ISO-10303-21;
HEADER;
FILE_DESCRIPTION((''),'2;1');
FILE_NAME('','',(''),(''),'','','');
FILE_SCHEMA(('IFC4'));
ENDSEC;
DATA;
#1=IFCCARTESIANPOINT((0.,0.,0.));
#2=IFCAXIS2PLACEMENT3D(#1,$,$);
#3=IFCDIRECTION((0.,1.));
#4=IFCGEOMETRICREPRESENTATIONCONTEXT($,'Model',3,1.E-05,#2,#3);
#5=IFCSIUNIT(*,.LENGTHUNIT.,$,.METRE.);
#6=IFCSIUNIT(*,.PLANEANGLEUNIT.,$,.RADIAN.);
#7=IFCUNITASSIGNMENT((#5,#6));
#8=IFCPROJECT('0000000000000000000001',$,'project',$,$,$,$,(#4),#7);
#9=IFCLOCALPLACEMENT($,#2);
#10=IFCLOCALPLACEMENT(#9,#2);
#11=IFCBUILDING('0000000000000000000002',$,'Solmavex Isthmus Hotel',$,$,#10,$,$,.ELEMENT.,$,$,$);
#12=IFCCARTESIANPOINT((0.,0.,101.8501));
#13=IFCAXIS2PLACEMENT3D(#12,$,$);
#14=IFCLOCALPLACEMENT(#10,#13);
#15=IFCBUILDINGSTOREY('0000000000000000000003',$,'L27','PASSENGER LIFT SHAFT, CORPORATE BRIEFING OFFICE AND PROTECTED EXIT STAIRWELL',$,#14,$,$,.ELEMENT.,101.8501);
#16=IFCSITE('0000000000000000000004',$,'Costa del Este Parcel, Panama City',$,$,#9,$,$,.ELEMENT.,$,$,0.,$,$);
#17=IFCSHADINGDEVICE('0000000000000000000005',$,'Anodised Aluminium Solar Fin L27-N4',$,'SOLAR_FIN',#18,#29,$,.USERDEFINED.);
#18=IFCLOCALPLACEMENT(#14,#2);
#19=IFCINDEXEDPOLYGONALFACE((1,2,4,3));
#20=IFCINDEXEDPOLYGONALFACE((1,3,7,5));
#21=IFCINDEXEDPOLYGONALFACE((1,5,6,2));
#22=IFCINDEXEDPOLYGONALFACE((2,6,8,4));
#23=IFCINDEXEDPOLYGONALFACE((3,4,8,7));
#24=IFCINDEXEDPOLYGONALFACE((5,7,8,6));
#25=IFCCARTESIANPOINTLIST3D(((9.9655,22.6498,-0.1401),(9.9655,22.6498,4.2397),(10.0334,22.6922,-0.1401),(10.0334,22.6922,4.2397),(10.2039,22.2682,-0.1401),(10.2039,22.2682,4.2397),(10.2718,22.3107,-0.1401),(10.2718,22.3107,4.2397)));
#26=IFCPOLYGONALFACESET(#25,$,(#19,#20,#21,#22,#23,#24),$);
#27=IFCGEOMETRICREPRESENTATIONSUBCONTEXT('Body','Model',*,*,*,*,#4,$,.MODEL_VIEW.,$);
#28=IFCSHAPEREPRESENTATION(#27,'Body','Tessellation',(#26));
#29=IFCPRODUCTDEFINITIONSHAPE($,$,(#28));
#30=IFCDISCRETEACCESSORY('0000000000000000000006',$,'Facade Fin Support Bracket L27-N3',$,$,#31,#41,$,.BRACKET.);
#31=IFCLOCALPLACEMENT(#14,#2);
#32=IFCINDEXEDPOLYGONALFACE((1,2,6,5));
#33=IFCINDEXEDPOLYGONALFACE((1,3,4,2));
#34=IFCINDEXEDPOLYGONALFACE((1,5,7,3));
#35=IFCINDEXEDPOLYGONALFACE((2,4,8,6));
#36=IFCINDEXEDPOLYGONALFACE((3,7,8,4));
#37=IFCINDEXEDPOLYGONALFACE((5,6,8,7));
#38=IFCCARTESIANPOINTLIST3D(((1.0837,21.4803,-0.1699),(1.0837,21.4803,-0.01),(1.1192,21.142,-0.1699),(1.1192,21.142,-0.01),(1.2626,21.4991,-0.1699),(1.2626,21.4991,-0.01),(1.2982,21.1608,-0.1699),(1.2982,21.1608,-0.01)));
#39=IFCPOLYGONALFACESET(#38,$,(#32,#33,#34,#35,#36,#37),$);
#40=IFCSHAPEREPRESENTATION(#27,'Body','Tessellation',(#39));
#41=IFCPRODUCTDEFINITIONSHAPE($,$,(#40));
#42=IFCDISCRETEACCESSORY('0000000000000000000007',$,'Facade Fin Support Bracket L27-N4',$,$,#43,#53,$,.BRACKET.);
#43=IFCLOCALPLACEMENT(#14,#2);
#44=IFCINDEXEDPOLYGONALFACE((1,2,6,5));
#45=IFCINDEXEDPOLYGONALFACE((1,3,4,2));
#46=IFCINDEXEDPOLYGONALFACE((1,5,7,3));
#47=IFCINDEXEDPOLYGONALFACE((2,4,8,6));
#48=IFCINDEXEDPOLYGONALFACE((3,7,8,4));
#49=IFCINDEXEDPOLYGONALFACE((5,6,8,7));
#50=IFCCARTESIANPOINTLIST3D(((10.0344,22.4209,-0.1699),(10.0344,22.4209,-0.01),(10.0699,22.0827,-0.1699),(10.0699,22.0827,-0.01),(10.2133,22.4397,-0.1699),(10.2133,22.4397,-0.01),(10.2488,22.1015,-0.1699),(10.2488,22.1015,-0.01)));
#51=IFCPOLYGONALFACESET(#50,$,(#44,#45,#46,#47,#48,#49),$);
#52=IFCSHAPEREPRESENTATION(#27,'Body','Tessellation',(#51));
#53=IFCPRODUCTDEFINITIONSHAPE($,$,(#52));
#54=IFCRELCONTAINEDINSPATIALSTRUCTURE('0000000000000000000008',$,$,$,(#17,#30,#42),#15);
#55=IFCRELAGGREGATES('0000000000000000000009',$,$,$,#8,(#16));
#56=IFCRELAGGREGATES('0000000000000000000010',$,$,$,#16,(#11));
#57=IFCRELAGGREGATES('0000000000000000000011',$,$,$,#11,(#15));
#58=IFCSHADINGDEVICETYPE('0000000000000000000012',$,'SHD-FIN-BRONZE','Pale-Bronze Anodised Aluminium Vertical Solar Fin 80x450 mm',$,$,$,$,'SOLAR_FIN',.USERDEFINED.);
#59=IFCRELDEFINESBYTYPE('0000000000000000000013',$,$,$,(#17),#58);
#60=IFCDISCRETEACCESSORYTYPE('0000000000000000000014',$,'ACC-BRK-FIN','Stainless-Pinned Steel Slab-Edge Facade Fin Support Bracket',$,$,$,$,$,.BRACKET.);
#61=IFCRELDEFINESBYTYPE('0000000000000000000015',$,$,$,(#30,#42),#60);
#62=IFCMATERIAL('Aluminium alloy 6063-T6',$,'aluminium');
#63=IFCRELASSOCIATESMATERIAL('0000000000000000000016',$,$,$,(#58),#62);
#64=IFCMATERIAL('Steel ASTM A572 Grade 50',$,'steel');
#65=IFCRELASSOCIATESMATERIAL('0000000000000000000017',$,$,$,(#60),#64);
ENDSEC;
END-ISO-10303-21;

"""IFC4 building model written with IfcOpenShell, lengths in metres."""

from ifc_helpers import new_model, si_unit, direction, frame, origin, origin_2d, place, context, subcontext, project, spatial, rectangle, extrude, material, type_object, element, save


model = new_model("IFC4")

# Units and contexts
model_context = context("Model", 3, precision=1e-05, world=origin(), true_north=direction((0.0, 1.0)))
body_context = subcontext(model_context, "Body", "Model", "MODEL_VIEW")
ifc_project = project(units=[si_unit("LENGTHUNIT", "METRE"), si_unit("PLANEANGLEUNIT", "RADIAN")], contexts=[model_context])

# Site, building, storey
site_placement = place(None, origin())
site = spatial("IfcSite", under=ifc_project, at=site_placement, Name="Costa del Este Parcel, Panama City", CompositionType="ELEMENT", RefElevation=0.0)
building_placement = place(site_placement, origin())
building = spatial("IfcBuilding", under=site, at=building_placement, Name="Solmavex Isthmus Hotel", CompositionType="ELEMENT")
storey_placement = place(building_placement, frame((0.0, 0.0, 101.8501)))
storey = spatial("IfcBuildingStorey", under=building, at=storey_placement, Name="L27", Description="PASSENGER LIFT SHAFT, CORPORATE BRIEFING OFFICE AND PROTECTED EXIT STAIRWELL", CompositionType="ELEMENT", Elevation=101.8501)

# Shared definitions
ifc_material_1 = material(Name="Aluminium alloy 6063-T6", Category="aluminium")

# Shading device
shading_device_type = type_object("IfcShadingDeviceType", Name="SHD-FIN-BRONZE", Description="Pale-Bronze Anodised Aluminium Vertical Solar Fin 80x450 mm", ElementType="SOLAR_FIN", PredefinedType="USERDEFINED", material=ifc_material_1)
for number, where, z_axis, x_axis, name in (
    (1, (10.1187, 22.4802, -0.1401), (0.0, 0.0, 1.0), (-0.529919, 0.848048, 0.0), "Anodised Aluminium Solar Fin L27-N4"),
):
    element("IfcShadingDevice", number, at=place(storey_placement, frame(where, z_axis=z_axis, x_axis=x_axis)), inside=storey, type_object=shading_device_type, Name=name, ObjectType="SOLAR_FIN", PredefinedType="USERDEFINED", context=body_context, shape_type="SweptSolid", body=[
        extrude(rectangle(XDim=0.45, YDim=0.0801, at=origin_2d()), origin(), (0.0, 0.0, 1.0), 4.3799),
    ])

# Discrete accessories
ifc_material_2 = material(Name="Steel ASTM A572 Grade 50", Category="steel")
discrete_accessory_type = type_object("IfcDiscreteAccessoryType", Name="ACC-BRK-FIN", Description="Stainless-Pinned Steel Slab-Edge Facade Fin Support Bracket", PredefinedType="BRACKET", material=ifc_material_2)
for number, where, z_axis, x_axis, name in (
    (2, (1.1909, 21.3206, -0.1699), (0.0, 0.0, 1.0), (-0.104528, 0.994522, 0.0), "Facade Fin Support Bracket L27-N3"),
    (3, (10.1416, 22.2612, -0.1699), (0.0, 0.0, 1.0), (-0.104528, 0.994522, 0.0), "Facade Fin Support Bracket L27-N4"),
):
    element("IfcDiscreteAccessory", number, at=place(storey_placement, frame(where, z_axis=z_axis, x_axis=x_axis)), inside=storey, type_object=discrete_accessory_type, Name=name, PredefinedType="BRACKET", context=body_context, shape_type="SweptSolid", body=[
        extrude(rectangle(XDim=0.3401, YDim=0.1799, at=origin_2d()), origin(), (0.0, 0.0, 1.0), 0.1599),
    ])

save(model, "model.ifc")
